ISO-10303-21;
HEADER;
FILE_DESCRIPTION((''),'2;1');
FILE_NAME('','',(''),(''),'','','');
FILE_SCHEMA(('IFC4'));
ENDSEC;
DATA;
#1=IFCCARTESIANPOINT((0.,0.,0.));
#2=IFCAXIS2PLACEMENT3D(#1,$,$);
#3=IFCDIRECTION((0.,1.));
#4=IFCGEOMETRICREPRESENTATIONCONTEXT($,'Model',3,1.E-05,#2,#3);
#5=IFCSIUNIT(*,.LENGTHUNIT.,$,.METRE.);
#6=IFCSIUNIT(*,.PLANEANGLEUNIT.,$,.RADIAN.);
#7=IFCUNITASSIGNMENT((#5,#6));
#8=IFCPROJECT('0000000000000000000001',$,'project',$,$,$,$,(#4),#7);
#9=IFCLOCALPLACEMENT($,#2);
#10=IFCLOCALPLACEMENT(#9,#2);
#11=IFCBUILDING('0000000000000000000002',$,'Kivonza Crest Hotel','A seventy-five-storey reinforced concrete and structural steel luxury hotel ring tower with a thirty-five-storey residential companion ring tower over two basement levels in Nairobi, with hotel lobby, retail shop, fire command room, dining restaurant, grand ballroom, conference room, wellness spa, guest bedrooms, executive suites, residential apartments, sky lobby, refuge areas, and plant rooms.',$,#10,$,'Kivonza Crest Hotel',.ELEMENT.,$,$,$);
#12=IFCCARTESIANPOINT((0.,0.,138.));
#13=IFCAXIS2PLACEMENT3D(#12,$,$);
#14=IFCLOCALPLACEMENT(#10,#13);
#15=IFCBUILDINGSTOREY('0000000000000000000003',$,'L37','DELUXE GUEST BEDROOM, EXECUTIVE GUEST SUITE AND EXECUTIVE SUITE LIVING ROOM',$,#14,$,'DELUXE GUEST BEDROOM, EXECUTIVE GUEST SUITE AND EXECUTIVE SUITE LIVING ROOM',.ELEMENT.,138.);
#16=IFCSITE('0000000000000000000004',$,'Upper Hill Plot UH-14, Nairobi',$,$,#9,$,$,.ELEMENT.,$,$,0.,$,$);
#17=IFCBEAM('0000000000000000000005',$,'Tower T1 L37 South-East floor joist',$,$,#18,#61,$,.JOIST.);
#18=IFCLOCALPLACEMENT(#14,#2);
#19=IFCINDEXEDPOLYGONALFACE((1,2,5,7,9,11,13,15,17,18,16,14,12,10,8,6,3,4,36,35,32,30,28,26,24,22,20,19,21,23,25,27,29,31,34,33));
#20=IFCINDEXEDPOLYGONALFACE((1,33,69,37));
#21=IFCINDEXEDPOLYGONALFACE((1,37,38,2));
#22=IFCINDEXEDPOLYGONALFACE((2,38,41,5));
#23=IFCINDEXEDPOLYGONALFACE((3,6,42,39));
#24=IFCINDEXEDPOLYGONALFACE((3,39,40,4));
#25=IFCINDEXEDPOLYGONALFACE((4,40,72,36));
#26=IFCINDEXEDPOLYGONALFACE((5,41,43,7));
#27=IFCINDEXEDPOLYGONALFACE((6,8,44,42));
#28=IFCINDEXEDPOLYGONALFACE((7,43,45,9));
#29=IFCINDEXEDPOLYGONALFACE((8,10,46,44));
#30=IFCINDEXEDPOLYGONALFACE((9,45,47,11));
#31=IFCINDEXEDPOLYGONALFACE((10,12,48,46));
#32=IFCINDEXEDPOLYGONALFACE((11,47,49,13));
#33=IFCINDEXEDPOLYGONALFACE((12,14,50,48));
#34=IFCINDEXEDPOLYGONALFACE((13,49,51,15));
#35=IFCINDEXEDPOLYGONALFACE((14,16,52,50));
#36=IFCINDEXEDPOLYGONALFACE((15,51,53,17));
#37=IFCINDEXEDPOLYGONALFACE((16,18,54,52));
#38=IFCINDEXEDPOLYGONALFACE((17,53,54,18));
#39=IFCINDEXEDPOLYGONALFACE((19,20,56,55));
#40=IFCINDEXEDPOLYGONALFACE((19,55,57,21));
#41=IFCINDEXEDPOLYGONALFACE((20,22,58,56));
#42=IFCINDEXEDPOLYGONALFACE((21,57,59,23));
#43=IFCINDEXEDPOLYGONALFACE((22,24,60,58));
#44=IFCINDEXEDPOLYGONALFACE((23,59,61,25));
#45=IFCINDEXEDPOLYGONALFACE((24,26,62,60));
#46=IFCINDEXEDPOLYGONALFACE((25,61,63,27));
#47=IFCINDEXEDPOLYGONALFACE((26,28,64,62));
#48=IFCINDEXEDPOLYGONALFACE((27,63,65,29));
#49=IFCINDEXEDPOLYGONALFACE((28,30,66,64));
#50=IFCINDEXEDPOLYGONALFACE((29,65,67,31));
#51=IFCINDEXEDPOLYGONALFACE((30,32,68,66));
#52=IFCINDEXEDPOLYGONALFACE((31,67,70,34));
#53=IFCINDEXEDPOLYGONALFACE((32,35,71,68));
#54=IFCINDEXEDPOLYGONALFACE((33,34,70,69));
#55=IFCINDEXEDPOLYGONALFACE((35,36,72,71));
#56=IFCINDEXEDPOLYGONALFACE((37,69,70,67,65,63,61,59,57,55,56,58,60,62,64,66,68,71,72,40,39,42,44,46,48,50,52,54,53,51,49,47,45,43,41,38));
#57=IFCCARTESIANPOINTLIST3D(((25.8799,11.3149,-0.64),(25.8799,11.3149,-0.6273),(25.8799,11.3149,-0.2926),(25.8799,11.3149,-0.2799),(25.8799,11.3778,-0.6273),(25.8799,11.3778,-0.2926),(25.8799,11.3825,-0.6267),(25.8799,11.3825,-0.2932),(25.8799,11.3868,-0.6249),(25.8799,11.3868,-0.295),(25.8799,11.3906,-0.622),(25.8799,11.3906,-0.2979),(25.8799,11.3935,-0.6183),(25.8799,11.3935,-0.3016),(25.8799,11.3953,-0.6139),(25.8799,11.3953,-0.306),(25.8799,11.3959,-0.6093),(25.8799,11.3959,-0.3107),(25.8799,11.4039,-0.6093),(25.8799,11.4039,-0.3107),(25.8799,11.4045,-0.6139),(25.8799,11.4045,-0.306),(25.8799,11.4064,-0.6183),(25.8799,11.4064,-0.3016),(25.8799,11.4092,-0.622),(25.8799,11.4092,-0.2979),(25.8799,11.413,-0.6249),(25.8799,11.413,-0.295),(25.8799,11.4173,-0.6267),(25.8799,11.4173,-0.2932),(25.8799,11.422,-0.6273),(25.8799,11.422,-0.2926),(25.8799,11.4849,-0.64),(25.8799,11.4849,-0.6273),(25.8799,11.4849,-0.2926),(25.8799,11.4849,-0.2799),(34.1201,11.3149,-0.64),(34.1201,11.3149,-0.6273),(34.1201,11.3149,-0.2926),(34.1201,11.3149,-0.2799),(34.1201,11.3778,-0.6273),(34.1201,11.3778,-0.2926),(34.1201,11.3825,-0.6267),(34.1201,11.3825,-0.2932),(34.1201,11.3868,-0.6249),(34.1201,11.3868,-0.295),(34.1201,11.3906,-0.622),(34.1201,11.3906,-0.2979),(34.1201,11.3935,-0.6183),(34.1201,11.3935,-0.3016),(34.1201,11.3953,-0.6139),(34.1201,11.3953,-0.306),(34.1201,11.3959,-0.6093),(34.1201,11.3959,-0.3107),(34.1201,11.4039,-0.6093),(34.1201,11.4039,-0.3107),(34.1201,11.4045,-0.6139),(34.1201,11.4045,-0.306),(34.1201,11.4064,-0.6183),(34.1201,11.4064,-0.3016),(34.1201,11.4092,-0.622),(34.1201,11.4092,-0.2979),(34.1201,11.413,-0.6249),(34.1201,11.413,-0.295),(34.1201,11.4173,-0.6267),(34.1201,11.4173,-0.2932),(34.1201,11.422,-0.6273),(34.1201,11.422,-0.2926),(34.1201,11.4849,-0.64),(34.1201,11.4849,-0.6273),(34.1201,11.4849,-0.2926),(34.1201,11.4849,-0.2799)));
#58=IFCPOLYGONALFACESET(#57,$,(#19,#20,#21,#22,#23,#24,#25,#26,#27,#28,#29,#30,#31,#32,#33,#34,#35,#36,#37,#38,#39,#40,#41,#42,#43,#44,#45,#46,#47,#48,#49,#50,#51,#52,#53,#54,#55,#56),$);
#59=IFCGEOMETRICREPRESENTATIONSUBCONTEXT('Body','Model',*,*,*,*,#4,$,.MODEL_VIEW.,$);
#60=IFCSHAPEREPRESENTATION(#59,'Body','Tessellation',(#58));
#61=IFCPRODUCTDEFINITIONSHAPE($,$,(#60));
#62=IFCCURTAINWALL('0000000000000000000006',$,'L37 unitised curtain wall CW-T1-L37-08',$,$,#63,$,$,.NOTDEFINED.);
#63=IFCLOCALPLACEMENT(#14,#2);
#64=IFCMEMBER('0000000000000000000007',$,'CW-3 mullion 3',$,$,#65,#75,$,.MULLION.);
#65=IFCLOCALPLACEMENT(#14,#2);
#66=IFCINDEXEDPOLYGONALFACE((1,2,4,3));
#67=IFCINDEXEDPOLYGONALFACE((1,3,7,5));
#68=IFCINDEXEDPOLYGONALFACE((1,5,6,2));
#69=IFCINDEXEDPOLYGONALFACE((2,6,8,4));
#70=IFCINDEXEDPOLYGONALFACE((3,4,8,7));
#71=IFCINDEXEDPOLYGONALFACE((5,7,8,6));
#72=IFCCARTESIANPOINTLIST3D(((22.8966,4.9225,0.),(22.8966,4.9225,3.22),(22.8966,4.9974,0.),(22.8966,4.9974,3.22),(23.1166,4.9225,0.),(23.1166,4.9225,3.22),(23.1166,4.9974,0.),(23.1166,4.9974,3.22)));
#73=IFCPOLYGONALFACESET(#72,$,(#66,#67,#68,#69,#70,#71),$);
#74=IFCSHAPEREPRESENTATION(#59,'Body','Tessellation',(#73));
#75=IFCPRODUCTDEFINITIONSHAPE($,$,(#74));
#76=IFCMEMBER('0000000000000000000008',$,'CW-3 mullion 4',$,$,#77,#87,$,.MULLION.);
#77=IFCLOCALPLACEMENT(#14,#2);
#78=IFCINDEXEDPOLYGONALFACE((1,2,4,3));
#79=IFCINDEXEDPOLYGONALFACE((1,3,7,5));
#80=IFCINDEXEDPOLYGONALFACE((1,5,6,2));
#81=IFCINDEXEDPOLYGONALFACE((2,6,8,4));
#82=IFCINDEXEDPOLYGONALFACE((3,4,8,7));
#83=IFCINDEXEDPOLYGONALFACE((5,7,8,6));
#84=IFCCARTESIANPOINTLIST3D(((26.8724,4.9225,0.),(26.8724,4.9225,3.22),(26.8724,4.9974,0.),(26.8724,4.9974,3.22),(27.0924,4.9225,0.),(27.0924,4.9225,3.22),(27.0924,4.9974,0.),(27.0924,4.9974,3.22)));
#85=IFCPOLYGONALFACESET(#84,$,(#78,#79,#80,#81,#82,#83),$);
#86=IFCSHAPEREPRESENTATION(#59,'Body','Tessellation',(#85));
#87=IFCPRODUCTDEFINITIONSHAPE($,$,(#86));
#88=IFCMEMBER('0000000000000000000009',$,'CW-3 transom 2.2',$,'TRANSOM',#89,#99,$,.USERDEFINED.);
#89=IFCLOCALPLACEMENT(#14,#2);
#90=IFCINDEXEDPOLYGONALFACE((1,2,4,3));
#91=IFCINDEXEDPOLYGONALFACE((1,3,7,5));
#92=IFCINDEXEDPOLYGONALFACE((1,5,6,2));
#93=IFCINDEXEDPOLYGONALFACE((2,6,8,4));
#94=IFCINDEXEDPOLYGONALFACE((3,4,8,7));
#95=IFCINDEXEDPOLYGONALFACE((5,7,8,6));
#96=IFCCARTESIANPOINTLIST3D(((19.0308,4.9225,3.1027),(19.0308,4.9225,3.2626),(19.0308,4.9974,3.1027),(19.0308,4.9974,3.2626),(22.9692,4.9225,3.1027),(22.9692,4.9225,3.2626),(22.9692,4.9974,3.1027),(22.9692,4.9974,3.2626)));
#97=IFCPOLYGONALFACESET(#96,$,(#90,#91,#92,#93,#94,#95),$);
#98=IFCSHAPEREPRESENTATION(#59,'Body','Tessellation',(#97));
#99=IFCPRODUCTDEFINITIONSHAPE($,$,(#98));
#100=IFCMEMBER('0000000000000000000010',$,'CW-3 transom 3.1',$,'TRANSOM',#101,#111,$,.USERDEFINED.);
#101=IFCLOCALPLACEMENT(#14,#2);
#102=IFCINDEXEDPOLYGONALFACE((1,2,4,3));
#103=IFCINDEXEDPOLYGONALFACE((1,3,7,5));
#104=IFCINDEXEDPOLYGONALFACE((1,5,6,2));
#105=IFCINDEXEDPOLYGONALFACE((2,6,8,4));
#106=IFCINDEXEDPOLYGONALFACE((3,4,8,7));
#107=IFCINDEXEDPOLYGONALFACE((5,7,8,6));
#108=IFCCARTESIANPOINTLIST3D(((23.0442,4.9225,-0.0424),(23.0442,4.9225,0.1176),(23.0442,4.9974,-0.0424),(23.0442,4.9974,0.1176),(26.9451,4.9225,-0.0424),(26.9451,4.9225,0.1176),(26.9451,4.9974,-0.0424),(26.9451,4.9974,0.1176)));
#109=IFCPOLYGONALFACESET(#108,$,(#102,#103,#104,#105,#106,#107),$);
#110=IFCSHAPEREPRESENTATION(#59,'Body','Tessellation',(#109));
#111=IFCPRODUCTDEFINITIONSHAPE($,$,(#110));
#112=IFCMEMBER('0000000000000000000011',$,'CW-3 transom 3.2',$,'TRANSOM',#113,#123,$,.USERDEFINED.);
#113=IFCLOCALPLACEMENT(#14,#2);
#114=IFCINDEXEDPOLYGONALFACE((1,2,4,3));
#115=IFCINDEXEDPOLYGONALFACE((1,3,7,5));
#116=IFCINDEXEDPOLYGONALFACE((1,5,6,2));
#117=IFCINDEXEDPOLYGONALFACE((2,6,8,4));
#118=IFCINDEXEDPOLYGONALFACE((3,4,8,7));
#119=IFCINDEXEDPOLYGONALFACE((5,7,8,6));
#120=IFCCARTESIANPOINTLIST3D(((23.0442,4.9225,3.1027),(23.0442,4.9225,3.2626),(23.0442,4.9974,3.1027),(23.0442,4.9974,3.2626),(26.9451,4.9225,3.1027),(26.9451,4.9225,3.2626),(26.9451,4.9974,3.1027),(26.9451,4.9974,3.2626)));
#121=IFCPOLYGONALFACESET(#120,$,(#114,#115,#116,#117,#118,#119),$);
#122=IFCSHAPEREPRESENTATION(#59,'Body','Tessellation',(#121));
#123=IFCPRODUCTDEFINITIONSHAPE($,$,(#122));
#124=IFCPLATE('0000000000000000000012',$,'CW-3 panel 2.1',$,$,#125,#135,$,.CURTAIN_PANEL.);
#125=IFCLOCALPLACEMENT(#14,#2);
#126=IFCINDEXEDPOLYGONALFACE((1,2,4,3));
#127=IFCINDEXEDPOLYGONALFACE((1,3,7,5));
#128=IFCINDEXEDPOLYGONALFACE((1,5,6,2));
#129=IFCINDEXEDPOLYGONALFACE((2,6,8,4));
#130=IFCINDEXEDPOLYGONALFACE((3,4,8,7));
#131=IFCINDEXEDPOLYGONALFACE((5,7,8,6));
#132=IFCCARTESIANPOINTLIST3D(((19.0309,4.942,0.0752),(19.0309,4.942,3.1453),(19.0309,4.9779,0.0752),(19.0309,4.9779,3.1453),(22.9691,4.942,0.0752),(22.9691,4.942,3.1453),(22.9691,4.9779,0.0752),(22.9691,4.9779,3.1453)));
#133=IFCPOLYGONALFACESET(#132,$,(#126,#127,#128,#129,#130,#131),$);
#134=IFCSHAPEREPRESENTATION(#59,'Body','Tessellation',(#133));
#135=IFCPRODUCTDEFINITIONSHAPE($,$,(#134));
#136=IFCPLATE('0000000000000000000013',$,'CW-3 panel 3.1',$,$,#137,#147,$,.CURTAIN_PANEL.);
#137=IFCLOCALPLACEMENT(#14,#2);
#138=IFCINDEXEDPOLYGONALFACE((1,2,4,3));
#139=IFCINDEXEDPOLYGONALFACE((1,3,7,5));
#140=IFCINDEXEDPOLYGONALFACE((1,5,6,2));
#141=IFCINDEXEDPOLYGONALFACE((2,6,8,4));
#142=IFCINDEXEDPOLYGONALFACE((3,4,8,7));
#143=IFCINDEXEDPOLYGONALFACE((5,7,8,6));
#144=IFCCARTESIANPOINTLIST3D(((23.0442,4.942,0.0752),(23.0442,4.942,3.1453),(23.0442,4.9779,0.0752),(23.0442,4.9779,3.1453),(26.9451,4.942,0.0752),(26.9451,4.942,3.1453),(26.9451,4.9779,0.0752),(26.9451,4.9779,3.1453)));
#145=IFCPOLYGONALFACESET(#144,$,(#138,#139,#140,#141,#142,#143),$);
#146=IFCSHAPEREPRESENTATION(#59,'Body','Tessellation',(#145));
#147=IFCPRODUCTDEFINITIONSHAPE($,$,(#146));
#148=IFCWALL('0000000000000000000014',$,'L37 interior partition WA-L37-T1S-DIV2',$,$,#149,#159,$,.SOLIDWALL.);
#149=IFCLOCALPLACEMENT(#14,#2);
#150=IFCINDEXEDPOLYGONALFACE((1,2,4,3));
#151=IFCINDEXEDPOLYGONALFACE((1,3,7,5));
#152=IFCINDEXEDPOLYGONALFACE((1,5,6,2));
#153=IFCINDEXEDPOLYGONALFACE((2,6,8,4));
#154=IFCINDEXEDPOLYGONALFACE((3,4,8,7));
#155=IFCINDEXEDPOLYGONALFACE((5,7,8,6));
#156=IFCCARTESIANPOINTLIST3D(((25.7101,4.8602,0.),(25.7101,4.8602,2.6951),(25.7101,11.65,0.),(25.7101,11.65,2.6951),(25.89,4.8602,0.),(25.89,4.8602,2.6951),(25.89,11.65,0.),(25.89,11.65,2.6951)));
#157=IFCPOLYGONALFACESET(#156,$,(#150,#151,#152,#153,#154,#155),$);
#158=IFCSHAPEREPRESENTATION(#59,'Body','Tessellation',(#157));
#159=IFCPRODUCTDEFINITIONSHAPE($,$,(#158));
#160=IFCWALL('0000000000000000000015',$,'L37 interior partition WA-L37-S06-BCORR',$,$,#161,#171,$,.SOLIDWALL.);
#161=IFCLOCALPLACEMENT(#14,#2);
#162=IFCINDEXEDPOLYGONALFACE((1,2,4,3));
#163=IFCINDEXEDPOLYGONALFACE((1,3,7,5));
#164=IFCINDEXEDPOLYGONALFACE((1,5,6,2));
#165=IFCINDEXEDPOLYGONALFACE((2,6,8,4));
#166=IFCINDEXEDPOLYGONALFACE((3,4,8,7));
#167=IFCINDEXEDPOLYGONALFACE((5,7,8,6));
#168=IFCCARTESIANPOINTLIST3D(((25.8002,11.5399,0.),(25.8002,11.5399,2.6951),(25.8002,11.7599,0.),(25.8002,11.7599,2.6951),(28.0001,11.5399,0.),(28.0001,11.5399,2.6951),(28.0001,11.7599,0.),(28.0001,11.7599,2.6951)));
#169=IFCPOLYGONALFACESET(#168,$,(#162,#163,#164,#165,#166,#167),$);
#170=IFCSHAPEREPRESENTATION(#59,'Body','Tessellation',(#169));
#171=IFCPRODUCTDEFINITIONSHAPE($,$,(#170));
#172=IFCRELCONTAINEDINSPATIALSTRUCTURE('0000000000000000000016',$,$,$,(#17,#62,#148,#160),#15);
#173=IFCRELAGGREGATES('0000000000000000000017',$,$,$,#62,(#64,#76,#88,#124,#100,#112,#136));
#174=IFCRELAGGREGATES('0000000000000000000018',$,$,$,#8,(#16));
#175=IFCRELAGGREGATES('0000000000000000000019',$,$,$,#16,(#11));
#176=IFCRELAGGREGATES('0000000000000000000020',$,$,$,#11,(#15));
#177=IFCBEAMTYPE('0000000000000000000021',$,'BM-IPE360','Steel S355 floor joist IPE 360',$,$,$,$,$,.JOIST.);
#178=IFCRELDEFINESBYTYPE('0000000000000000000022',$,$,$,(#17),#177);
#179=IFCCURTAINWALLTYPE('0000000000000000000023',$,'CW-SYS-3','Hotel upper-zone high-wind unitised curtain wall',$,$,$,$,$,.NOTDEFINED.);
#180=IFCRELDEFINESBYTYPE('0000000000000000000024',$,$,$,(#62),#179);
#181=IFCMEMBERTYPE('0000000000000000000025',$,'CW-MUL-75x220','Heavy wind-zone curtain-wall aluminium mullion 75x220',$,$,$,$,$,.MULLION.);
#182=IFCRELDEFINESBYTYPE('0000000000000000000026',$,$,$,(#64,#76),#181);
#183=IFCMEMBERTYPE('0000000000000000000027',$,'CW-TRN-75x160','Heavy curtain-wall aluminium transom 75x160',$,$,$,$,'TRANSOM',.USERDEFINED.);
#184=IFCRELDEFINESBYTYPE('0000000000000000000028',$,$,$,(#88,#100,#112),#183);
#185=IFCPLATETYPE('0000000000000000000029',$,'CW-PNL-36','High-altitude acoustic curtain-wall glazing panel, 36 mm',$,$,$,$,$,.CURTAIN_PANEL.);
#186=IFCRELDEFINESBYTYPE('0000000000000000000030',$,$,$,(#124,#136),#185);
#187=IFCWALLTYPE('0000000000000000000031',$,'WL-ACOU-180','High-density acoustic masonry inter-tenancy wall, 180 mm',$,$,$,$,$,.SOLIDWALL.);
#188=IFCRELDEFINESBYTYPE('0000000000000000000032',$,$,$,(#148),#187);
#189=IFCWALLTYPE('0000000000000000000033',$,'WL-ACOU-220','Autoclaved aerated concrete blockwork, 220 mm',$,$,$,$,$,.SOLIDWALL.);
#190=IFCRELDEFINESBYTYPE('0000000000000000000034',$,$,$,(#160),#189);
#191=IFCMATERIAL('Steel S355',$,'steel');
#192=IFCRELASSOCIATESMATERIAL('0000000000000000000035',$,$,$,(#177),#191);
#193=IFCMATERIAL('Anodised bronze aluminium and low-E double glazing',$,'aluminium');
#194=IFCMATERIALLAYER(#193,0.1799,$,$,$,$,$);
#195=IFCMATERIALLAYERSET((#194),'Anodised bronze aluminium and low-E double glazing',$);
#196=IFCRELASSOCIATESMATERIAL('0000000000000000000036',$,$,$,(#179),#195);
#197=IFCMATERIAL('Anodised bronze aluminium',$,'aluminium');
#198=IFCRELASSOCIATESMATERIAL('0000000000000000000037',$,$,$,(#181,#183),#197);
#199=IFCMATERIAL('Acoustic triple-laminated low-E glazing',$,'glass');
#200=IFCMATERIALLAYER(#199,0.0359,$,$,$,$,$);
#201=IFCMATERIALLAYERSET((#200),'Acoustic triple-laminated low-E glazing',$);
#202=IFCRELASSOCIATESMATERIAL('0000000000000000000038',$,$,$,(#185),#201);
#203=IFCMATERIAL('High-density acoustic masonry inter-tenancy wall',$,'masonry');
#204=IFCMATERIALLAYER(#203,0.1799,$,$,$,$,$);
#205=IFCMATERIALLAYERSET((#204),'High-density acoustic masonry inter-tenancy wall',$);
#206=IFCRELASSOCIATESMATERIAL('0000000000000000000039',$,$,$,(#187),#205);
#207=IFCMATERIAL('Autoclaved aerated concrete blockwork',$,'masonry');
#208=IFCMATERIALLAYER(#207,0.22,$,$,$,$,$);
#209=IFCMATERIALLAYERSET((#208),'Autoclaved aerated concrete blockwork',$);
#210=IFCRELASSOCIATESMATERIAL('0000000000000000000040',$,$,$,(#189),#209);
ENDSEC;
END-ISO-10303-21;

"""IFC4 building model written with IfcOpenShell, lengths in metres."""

from ifc_helpers import new_model, si_unit, direction, frame, frame_2d, origin, origin_2d, place, context, subcontext, project, spatial, rectangle, i_section, extrude, material, layer, layer_set, material_profile, profile_set, type_object, element, aggregate, save


model = new_model("IFC4")

# Units and contexts
model_context = context("Model", 3, precision=1e-05, world=origin(), true_north=direction((0.0, 1.0)))
body_context = subcontext(model_context, "Body", "Model", "MODEL_VIEW")
ifc_project = project(units=[si_unit("LENGTHUNIT", "METRE"), si_unit("PLANEANGLEUNIT", "RADIAN")], contexts=[model_context])

# Site, building, storey
site_placement = place(None, origin())
site = spatial("IfcSite", under=ifc_project, at=site_placement, Name="Upper Hill Plot UH-14, Nairobi", CompositionType="ELEMENT", RefElevation=0.0)
building_placement = place(site_placement, origin())
building = spatial("IfcBuilding", under=site, at=building_placement, Name="Kivonza Crest Hotel", Description="A seventy-five-storey reinforced concrete and structural steel luxury hotel ring tower with a thirty-five-storey residential companion ring tower over two basement levels in Nairobi, with hotel lobby, retail shop, fire command room, dining restaurant, grand ballroom, conference room, wellness spa, guest bedrooms, executive suites, residential apartments, sky lobby, refuge areas, and plant rooms.", LongName="Kivonza Crest Hotel", CompositionType="ELEMENT")
storey_placement = place(building_placement, frame((0.0, 0.0, 138.0)))
storey = spatial("IfcBuildingStorey", under=building, at=storey_placement, Name="L37", Description="DELUXE GUEST BEDROOM, EXECUTIVE GUEST SUITE AND EXECUTIVE SUITE LIVING ROOM", LongName="DELUXE GUEST BEDROOM, EXECUTIVE GUEST SUITE AND EXECUTIVE SUITE LIVING ROOM", CompositionType="ELEMENT", Elevation=138.0)

# Beam
ifc_material_1 = material(Name="Steel S355", Category="steel")
ifc_material_profile_1 = material_profile(ifc_material_1, i_section(OverallWidth=0.1699, OverallDepth=0.3601, WebThickness=0.0081, FlangeThickness=0.0127, FilletRadius=0.0181, at=origin_2d()), Name="IPE 360")
ifc_profile_set_1 = profile_set([ifc_material_profile_1], Name="Steel S355")
beam_type_1 = type_object("IfcBeamType", Name="BM-IPE360", Description="Steel S355 floor joist IPE 360", PredefinedType="JOIST", material=ifc_profile_set_1)
beam_1_placement = place(storey_placement, frame((25.8799, 11.3999, -0.46), z_axis=(1.0, 0.0, 0.0), x_axis=(0.0, 1.0, 0.0)))
element("IfcBeam", 1, at=beam_1_placement, inside=storey, type_object=beam_type_1, Name="Tower T1 L37 South-East floor joist", PredefinedType="JOIST", context=body_context, shape_type="SweptSolid", body=[
    extrude(i_section(OverallWidth=0.1699, OverallDepth=0.3601, WebThickness=0.0081, FlangeThickness=0.0127, FilletRadius=0.0181, at=origin_2d()), origin(), (0.0, 0.0, 1.0), 8.2402),
])

# Curtain wall, members, plates
ifc_material_2 = material(Name="Anodised bronze aluminium and low-E double glazing", Category="aluminium")
ifc_layer_1 = layer(ifc_material_2, 0.1799)
ifc_layer_set_1 = layer_set([ifc_layer_1], Name="Anodised bronze aluminium and low-E double glazing")
curtain_wall_type = type_object("IfcCurtainWallType", Name="CW-SYS-3", Description="Hotel upper-zone high-wind unitised curtain wall", PredefinedType="NOTDEFINED", material=ifc_layer_set_1)
curtain_wall_placement = place(storey_placement, origin())
curtain_wall = element("IfcCurtainWall", 2, at=curtain_wall_placement, inside=storey, type_object=curtain_wall_type, Name="L37 unitised curtain wall CW-T1-L37-08", PredefinedType="NOTDEFINED")
ifc_material_3 = material(Name="Anodised bronze aluminium", Category="aluminium")
ifc_material_profile_2 = material_profile(ifc_material_3, rectangle(XDim=0.075, YDim=0.22, at=origin_2d()), Name="CW-M 75x220")
ifc_profile_set_2 = profile_set([ifc_material_profile_2], Name="Anodised bronze aluminium")
member_type_1 = type_object("IfcMemberType", Name="CW-MUL-75x220", Description="Heavy wind-zone curtain-wall aluminium mullion 75x220", PredefinedType="MULLION", material=ifc_profile_set_2)
member_1_placement = place(storey_placement, frame((23.0066, 4.96, 0.0), z_axis=(0.0, 0.0, 1.0), x_axis=(0.0, 1.0, 0.0)))
member_1 = element("IfcMember", 3, at=member_1_placement, type_object=member_type_1, Name="CW-3 mullion 3", PredefinedType="MULLION", context=body_context, shape_type="SweptSolid", body=[
    extrude(rectangle(XDim=0.075, YDim=0.22, at=origin_2d()), origin(), (0.0, 0.0, 1.0), 3.22),
])
member_2_placement = place(storey_placement, frame((26.9824, 4.96, 0.0), z_axis=(0.0, 0.0, 1.0), x_axis=(0.0, 1.0, 0.0)))
member_2 = element("IfcMember", 4, at=member_2_placement, type_object=member_type_1, Name="CW-3 mullion 4", PredefinedType="MULLION", context=body_context, shape_type="SweptSolid", body=[
    extrude(rectangle(XDim=0.075, YDim=0.22, at=origin_2d()), origin(), (0.0, 0.0, 1.0), 3.22),
])
ifc_material_profile_3 = material_profile(ifc_material_3, rectangle(XDim=0.075, YDim=0.1599, at=origin_2d()), Name="CW-T 75x160")
ifc_profile_set_3 = profile_set([ifc_material_profile_3], Name="Anodised bronze aluminium")
member_type_2 = type_object("IfcMemberType", Name="CW-TRN-75x160", Description="Heavy curtain-wall aluminium transom 75x160", ElementType="TRANSOM", PredefinedType="USERDEFINED", material=ifc_profile_set_3)
member_3_placement = place(storey_placement, frame((19.0308, 4.96, 3.1826), z_axis=(1.0, 0.0, 0.0), x_axis=(0.0, 1.0, 0.0)))
member_3 = element("IfcMember", 5, at=member_3_placement, type_object=member_type_2, Name="CW-3 transom 2.2", ObjectType="TRANSOM", PredefinedType="USERDEFINED", context=body_context, shape_type="SweptSolid", body=[
    extrude(rectangle(XDim=0.075, YDim=0.1599, at=origin_2d()), origin(), (0.0, 0.0, 1.0), 3.9385),
])
member_4_placement = place(storey_placement, frame((23.0442, 4.96, 0.0376), z_axis=(1.0, 0.0, 0.0), x_axis=(0.0, 1.0, 0.0)))
member_4 = element("IfcMember", 6, at=member_4_placement, type_object=member_type_2, Name="CW-3 transom 3.1", ObjectType="TRANSOM", PredefinedType="USERDEFINED", context=body_context, shape_type="SweptSolid", body=[
    extrude(rectangle(XDim=0.075, YDim=0.1599, at=origin_2d()), origin(), (0.0, 0.0, 1.0), 3.9009),
])
member_5_placement = place(storey_placement, frame((23.0442, 4.96, 3.1826), z_axis=(1.0, 0.0, 0.0), x_axis=(0.0, 1.0, 0.0)))
member_5 = element("IfcMember", 7, at=member_5_placement, type_object=member_type_2, Name="CW-3 transom 3.2", ObjectType="TRANSOM", PredefinedType="USERDEFINED", context=body_context, shape_type="SweptSolid", body=[
    extrude(rectangle(XDim=0.075, YDim=0.1599, at=origin_2d()), origin(), (0.0, 0.0, 1.0), 3.9009),
])
ifc_material_4 = material(Name="Acoustic triple-laminated low-E glazing", Category="glass")
ifc_layer_2 = layer(ifc_material_4, 0.0359)
ifc_layer_set_2 = layer_set([ifc_layer_2], Name="Acoustic triple-laminated low-E glazing")
plate_type = type_object("IfcPlateType", Name="CW-PNL-36", Description="High-altitude acoustic curtain-wall glazing panel, 36 mm", PredefinedType="CURTAIN_PANEL", material=ifc_layer_set_2)
plate_1_placement = place(storey_placement, frame((21.0, 4.96, 0.0752), z_axis=(0.0, 0.0, 1.0), x_axis=(1.0, 0.0, 0.0)))
plate_1 = element("IfcPlate", 8, at=plate_1_placement, type_object=plate_type, Name="CW-3 panel 2.1", PredefinedType="CURTAIN_PANEL", context=body_context, shape_type="SweptSolid", body=[
    extrude(rectangle(XDim=3.9382, YDim=0.0359, at=origin_2d()), origin(), (0.0, 0.0, 1.0), 3.0701),
])
plate_2_placement = place(storey_placement, frame((24.9946, 4.96, 0.0752), z_axis=(0.0, 0.0, 1.0), x_axis=(1.0, 0.0, 0.0)))
plate_2 = element("IfcPlate", 9, at=plate_2_placement, type_object=plate_type, Name="CW-3 panel 3.1", PredefinedType="CURTAIN_PANEL", context=body_context, shape_type="SweptSolid", body=[
    extrude(rectangle(XDim=3.9009, YDim=0.0359, at=origin_2d()), origin(), (0.0, 0.0, 1.0), 3.0701),
])
aggregate(curtain_wall, [member_1, member_2, member_3, plate_1, member_4, member_5, plate_2])

# Walls
ifc_material_5 = material(Name="High-density acoustic masonry inter-tenancy wall", Category="masonry")
ifc_layer_3 = layer(ifc_material_5, 0.1799)
ifc_layer_set_3 = layer_set([ifc_layer_3], Name="High-density acoustic masonry inter-tenancy wall")
wall_type_1 = type_object("IfcWallType", Name="WL-ACOU-180", Description="High-density acoustic masonry inter-tenancy wall, 180 mm", PredefinedType="SOLIDWALL", material=ifc_layer_set_3)
wall_1_placement = place(storey_placement, frame((25.8, 4.8601, 0.0), z_axis=(0.0, 0.0, 1.0), x_axis=(0.0, 1.0, 0.0)))
element("IfcWall", 10, at=wall_1_placement, inside=storey, type_object=wall_type_1, Name="L37 interior partition WA-L37-T1S-DIV2", PredefinedType="SOLIDWALL", context=body_context, shape_type="SweptSolid", body=[
    extrude(rectangle(XDim=6.7898, YDim=0.1799, at=frame_2d((3.395, 0.0))), origin(), (0.0, 0.0, 1.0), 2.6951),
])
ifc_material_6 = material(Name="Autoclaved aerated concrete blockwork", Category="masonry")
ifc_layer_4 = layer(ifc_material_6, 0.22)
ifc_layer_set_4 = layer_set([ifc_layer_4], Name="Autoclaved aerated concrete blockwork")
wall_type_2 = type_object("IfcWallType", Name="WL-ACOU-220", Description="Autoclaved aerated concrete blockwork, 220 mm", PredefinedType="SOLIDWALL", material=ifc_layer_set_4)
wall_2_placement = place(storey_placement, frame((25.8, 11.6499, 0.0), z_axis=(0.0, 0.0, 1.0), x_axis=(1.0, 0.0, 0.0)))
element("IfcWall", 11, at=wall_2_placement, inside=storey, type_object=wall_type_2, Name="L37 interior partition WA-L37-S06-BCORR", PredefinedType="SOLIDWALL", context=body_context, shape_type="SweptSolid", body=[
    extrude(rectangle(XDim=2.2, YDim=0.22, at=frame_2d((1.1001, 0.0))), origin(), (0.0, 0.0, 1.0), 2.6951),
])

save(model, "model.ifc")
